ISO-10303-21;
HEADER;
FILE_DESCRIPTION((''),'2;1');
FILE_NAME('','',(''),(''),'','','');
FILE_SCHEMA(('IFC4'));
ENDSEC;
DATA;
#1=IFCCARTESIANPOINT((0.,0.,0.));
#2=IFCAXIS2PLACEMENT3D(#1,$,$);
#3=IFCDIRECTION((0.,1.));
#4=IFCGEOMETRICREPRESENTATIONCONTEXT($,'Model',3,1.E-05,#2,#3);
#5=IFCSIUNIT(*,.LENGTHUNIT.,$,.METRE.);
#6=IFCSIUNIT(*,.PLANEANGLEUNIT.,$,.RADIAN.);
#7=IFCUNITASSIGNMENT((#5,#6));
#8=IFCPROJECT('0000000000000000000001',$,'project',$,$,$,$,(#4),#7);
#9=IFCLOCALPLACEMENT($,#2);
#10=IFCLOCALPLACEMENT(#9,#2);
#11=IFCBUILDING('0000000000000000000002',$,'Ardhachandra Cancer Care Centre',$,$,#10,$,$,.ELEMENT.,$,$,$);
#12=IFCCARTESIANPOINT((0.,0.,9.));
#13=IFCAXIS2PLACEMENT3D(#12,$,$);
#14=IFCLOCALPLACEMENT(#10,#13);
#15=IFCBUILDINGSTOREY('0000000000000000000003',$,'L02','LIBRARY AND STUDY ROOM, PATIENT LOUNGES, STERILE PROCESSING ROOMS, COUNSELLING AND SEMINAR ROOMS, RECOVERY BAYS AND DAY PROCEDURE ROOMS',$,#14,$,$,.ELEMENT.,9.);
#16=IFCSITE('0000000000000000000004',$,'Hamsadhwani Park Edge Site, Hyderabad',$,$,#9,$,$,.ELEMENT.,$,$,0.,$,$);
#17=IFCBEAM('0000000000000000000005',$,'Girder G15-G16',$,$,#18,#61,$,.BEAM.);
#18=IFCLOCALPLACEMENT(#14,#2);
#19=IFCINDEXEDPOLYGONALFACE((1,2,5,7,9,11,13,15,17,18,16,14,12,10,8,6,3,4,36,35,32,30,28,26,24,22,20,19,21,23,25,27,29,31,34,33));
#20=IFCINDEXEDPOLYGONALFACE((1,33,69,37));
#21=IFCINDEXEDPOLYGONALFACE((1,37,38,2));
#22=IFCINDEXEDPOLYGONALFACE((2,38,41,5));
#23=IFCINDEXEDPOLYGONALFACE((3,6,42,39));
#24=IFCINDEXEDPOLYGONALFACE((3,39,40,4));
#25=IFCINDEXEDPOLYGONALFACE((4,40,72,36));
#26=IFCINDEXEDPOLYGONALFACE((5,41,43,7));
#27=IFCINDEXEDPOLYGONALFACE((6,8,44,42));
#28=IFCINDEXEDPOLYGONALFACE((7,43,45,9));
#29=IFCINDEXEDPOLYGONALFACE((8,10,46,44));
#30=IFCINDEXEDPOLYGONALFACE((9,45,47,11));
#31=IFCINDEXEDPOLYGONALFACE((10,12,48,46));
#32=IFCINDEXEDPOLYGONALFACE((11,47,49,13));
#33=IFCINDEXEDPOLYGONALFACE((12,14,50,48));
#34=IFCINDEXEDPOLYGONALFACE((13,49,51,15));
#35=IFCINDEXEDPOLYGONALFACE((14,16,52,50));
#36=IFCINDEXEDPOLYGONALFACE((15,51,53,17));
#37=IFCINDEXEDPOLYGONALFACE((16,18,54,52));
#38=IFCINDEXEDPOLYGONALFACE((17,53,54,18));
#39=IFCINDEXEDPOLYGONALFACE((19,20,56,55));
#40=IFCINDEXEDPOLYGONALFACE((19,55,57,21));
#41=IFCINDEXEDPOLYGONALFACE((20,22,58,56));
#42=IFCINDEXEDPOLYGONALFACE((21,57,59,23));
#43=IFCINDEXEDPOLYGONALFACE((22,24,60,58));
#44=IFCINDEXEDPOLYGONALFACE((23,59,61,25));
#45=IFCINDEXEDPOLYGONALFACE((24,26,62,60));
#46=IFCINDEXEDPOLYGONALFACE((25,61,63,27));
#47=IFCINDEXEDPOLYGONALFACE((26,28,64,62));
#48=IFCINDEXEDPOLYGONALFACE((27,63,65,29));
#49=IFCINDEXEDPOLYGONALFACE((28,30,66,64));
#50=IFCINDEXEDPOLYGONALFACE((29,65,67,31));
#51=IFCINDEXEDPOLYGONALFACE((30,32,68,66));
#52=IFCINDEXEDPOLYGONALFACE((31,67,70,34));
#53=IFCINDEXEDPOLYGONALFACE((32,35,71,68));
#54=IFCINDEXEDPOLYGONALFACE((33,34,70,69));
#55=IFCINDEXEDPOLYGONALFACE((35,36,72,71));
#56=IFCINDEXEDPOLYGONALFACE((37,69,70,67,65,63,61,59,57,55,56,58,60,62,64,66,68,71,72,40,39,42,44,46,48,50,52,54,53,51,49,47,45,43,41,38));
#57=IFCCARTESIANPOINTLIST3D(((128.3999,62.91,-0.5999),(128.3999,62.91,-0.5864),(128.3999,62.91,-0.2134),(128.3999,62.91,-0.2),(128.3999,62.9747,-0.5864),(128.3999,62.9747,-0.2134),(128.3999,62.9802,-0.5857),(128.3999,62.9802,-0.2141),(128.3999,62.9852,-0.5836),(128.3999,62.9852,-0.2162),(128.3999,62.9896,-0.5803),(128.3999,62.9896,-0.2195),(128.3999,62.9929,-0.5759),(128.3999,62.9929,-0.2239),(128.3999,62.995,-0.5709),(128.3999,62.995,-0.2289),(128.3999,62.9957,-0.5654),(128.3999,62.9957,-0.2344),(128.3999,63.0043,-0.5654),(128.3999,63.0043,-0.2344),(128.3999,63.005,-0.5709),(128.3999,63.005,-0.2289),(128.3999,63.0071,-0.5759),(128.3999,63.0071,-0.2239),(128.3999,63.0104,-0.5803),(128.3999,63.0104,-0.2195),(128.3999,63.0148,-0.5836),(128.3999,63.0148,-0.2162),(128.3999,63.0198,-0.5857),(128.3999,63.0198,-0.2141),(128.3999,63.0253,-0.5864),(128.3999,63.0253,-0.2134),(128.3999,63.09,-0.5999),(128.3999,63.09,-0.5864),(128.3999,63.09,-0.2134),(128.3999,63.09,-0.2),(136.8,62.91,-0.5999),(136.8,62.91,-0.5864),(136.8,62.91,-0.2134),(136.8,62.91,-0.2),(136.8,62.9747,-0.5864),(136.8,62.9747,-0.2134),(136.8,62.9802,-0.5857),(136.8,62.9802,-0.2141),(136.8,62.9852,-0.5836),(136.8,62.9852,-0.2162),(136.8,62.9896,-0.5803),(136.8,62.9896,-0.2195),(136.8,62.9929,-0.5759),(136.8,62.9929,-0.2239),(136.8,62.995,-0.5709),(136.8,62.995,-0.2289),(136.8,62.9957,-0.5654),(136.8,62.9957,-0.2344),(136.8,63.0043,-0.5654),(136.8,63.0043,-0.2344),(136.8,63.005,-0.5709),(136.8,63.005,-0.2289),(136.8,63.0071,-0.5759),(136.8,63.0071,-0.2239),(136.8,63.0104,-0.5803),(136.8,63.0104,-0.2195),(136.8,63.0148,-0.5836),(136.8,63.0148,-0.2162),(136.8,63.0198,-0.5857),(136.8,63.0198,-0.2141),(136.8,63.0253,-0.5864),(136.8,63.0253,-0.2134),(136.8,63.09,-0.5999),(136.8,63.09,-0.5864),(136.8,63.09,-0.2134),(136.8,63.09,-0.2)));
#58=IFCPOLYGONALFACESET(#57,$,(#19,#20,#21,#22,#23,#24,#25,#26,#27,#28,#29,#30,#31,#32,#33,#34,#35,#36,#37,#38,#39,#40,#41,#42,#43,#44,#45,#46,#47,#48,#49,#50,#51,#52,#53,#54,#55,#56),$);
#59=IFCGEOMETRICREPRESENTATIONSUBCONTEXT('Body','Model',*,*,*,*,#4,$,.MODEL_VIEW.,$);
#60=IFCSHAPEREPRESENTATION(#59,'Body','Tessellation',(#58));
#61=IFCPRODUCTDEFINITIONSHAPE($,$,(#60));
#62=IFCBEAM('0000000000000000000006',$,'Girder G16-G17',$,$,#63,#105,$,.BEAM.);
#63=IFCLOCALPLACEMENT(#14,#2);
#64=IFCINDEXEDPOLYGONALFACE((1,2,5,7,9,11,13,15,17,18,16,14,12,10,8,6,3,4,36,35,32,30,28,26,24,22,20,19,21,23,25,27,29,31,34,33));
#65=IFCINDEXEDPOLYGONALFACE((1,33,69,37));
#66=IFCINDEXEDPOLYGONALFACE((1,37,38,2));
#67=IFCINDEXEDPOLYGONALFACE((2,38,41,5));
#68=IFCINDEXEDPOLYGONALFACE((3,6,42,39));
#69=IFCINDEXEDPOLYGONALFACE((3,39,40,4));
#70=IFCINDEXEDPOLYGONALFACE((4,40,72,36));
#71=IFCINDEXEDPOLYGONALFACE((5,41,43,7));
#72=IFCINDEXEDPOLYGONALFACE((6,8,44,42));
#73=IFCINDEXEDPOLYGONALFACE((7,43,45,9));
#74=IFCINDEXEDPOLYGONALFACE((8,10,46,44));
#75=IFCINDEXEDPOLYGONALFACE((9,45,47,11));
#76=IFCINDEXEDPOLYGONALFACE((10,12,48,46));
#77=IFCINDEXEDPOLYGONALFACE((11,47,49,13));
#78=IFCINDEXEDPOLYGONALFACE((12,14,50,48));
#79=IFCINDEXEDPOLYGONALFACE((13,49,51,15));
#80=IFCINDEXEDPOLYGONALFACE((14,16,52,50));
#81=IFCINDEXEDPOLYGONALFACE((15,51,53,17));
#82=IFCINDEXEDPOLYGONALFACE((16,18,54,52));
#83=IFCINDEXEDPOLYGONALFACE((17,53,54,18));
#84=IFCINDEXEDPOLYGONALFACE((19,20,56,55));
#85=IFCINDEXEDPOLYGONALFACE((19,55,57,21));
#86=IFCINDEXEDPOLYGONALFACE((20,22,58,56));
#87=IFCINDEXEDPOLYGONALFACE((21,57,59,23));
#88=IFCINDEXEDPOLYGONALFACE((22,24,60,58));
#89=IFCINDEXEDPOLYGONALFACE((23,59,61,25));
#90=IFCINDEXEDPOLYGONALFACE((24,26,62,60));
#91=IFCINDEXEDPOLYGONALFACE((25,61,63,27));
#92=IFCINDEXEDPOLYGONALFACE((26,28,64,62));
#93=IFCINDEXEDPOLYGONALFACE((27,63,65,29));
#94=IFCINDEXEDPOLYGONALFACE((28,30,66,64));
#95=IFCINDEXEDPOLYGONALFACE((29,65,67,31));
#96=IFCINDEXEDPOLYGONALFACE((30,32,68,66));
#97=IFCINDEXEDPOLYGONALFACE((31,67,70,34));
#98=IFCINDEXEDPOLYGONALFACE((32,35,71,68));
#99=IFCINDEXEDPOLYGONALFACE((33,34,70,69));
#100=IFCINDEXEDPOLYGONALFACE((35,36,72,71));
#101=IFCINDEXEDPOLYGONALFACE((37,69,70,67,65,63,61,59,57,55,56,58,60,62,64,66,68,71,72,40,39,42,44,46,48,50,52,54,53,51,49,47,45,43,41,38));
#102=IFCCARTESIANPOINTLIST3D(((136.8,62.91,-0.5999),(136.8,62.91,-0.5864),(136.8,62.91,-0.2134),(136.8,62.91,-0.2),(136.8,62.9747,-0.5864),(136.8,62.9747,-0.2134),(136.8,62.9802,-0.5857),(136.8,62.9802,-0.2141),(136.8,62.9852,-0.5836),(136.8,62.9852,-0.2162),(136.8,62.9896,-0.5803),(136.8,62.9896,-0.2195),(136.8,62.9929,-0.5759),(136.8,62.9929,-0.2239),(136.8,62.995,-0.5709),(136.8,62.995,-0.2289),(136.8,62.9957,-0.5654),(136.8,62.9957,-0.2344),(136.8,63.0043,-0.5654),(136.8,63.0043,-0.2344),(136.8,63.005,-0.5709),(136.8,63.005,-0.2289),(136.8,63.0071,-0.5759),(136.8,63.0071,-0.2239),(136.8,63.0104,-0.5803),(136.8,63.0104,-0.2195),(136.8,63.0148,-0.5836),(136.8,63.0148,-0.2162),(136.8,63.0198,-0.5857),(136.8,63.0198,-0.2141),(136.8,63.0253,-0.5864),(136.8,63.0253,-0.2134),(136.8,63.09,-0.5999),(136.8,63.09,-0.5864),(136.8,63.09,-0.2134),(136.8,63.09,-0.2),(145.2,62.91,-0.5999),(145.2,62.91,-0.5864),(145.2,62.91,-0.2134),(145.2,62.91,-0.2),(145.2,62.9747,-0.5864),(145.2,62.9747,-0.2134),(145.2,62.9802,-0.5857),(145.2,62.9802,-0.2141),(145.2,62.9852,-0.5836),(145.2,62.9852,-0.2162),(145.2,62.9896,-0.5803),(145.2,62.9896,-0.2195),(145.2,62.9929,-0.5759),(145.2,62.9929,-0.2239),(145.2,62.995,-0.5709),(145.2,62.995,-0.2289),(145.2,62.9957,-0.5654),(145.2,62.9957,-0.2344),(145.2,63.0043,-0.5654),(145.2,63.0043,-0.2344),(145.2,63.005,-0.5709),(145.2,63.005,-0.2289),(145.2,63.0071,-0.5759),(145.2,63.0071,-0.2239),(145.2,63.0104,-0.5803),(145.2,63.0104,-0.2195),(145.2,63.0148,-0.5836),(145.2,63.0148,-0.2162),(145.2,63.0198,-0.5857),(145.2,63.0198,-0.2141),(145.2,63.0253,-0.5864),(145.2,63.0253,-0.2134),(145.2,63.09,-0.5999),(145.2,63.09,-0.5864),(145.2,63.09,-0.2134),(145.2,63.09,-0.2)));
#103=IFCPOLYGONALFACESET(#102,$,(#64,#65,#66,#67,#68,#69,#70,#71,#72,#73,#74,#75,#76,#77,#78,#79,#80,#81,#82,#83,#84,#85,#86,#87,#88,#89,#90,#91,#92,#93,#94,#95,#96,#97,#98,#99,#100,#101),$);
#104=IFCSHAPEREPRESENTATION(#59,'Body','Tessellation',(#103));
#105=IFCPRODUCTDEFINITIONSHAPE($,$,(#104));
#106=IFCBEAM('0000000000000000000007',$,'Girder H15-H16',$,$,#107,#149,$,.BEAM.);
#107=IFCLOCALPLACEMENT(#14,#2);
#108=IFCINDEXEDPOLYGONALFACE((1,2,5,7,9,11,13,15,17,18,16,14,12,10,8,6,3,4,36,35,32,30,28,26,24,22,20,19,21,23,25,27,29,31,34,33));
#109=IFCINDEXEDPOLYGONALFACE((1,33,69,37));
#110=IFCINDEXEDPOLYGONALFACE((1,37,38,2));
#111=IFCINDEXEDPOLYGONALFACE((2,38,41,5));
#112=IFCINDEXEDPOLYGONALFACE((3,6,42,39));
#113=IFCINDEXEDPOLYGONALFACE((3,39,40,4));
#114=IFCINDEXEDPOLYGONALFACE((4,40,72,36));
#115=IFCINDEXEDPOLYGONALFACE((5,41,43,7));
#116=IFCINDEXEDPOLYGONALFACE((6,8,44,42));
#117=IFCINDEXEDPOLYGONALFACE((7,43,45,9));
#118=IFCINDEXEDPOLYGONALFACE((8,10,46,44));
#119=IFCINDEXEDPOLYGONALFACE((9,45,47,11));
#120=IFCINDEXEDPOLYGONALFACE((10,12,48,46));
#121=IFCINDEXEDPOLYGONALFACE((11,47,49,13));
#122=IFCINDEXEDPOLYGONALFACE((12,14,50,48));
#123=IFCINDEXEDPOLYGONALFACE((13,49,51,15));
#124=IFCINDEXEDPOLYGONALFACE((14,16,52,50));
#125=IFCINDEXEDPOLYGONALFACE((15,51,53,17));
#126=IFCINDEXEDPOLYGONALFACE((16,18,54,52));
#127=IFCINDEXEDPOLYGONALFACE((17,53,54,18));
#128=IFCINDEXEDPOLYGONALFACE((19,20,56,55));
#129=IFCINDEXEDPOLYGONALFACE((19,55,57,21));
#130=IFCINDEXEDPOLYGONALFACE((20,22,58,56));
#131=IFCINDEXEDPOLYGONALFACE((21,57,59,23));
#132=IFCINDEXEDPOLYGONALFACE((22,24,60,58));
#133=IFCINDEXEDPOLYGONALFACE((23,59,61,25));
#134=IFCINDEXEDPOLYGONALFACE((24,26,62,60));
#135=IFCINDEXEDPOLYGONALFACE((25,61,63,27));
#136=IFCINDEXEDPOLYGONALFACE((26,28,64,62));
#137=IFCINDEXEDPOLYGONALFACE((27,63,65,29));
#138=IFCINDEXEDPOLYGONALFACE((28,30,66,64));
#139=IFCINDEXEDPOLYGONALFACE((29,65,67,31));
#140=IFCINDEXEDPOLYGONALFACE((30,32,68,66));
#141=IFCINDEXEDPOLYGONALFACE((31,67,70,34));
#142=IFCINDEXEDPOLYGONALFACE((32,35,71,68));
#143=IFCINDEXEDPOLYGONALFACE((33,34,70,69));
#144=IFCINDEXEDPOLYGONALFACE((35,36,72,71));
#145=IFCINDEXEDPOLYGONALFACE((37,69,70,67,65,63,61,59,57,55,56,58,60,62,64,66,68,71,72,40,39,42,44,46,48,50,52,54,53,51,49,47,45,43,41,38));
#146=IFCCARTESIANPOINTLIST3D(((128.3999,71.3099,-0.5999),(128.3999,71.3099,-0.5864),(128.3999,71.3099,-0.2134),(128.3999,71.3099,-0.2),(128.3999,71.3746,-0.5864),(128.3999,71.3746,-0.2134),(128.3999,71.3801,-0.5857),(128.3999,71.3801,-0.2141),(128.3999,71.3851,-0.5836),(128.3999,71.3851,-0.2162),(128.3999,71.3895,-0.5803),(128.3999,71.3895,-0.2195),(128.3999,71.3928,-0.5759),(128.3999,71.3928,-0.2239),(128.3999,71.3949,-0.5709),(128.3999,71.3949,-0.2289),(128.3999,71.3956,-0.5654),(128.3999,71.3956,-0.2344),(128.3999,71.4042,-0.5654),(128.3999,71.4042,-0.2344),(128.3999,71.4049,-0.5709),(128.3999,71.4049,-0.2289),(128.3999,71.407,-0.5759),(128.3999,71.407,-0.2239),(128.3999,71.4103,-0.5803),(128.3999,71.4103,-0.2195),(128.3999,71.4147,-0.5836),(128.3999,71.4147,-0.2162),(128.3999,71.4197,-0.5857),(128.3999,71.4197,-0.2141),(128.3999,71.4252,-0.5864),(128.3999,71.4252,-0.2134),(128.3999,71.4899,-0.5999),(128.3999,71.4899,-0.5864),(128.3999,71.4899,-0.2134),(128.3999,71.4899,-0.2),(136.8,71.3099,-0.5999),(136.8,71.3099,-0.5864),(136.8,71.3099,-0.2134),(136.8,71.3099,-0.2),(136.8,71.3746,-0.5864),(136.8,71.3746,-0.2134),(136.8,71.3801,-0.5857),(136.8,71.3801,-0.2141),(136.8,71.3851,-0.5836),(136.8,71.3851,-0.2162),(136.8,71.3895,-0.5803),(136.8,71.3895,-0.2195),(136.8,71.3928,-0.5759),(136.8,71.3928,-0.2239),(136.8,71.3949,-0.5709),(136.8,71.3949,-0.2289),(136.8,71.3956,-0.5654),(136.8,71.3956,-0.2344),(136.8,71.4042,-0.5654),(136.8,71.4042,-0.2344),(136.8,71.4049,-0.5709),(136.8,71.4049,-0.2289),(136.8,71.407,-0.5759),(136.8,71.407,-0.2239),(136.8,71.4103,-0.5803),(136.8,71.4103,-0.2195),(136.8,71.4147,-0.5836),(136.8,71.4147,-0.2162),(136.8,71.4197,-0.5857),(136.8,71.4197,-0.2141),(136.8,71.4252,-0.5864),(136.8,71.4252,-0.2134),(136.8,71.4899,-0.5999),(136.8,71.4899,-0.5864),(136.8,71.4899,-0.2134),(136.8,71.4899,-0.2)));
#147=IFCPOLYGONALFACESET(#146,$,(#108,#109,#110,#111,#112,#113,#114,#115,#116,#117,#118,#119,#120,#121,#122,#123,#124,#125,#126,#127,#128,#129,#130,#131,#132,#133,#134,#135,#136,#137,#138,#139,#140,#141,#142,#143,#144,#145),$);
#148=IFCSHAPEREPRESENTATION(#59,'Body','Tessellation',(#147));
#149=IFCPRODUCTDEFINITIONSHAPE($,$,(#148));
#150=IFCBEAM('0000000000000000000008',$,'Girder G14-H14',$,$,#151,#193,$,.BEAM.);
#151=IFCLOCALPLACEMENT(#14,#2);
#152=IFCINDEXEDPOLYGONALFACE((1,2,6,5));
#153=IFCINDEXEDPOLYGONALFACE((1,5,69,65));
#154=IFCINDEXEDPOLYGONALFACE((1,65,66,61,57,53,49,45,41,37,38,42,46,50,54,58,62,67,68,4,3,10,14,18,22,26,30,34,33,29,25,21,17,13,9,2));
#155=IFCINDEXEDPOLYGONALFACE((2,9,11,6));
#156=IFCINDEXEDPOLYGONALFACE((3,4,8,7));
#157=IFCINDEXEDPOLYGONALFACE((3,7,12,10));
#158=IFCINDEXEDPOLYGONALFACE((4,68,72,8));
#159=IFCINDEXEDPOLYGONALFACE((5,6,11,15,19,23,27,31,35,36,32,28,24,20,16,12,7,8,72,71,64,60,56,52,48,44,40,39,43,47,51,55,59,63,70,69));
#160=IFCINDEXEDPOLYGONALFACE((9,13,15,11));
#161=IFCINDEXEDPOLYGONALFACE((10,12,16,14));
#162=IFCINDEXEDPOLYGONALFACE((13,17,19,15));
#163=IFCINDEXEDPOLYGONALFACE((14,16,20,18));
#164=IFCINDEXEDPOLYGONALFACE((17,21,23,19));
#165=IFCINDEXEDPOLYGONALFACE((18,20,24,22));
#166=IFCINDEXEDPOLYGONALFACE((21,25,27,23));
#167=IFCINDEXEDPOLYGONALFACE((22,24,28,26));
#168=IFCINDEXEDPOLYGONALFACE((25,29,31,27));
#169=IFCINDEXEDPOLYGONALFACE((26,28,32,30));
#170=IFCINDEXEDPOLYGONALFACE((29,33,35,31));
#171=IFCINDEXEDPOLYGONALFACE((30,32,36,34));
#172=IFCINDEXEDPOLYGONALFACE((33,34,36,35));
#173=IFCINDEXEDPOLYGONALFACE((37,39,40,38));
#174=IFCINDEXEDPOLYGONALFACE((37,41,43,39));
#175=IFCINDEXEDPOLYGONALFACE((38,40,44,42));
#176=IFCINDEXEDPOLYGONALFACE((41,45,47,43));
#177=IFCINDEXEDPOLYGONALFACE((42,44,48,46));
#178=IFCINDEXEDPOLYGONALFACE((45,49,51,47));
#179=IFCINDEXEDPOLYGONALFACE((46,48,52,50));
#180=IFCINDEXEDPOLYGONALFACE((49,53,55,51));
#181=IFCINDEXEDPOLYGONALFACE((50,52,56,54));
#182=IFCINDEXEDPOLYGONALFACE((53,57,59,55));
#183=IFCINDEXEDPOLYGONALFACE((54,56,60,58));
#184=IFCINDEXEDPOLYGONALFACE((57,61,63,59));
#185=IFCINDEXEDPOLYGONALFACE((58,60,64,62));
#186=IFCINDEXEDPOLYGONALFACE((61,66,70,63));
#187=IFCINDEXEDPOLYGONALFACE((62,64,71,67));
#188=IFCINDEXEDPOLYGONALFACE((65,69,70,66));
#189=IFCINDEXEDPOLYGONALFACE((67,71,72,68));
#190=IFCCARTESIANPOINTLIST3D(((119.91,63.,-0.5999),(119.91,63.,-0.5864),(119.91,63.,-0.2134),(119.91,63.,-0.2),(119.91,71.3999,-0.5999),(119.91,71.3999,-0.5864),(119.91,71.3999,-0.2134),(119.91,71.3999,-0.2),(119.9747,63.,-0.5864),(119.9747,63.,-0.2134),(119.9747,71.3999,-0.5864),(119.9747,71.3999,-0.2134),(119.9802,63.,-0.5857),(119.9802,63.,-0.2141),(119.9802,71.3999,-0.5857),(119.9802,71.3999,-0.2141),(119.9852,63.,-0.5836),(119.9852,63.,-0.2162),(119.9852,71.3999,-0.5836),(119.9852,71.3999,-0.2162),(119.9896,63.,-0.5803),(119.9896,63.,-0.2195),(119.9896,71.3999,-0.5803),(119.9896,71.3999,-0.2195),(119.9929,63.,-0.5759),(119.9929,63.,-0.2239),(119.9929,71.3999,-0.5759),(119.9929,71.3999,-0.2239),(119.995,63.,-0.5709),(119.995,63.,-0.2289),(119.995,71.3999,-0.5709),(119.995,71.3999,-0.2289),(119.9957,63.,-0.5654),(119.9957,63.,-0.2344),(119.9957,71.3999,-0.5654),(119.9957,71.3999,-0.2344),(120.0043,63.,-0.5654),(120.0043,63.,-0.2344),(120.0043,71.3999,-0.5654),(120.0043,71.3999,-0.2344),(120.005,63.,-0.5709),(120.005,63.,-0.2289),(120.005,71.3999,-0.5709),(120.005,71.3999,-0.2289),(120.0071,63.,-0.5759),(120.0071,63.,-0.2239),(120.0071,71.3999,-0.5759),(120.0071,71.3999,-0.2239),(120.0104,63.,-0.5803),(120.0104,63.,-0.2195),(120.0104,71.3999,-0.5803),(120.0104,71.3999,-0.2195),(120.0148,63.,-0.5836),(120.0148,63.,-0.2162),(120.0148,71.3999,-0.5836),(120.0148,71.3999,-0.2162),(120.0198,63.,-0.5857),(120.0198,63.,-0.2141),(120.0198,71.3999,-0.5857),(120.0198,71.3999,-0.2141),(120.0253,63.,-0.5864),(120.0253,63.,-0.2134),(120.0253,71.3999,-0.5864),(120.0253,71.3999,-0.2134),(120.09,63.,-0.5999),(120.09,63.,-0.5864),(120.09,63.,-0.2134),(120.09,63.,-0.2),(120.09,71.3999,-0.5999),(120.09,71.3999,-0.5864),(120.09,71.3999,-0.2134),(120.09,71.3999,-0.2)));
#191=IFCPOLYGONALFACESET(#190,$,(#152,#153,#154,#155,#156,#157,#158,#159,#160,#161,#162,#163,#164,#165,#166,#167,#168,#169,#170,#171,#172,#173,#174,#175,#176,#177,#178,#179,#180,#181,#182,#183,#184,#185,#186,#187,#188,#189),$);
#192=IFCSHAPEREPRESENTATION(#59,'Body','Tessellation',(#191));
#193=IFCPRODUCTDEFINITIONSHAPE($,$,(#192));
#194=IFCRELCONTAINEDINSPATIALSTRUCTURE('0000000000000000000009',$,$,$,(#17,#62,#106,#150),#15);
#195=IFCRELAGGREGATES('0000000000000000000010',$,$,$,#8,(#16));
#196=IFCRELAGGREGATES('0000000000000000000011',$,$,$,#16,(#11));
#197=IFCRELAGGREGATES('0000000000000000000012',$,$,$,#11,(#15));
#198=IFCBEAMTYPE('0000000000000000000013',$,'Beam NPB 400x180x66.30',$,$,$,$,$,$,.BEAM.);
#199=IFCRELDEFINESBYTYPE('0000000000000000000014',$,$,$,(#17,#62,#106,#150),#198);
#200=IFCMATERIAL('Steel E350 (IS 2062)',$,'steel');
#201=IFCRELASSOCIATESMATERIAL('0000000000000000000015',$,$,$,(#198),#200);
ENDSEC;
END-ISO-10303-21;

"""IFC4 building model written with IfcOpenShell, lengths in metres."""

from ifc_helpers import new_model, si_unit, direction, frame, origin, origin_2d, place, context, subcontext, project, spatial, i_section, extrude, material, material_profile, profile_set, type_object, element, save


model = new_model("IFC4")

# Units and contexts
model_context = context("Model", 3, precision=1e-05, world=origin(), true_north=direction((0.0, 1.0)))
body_context = subcontext(model_context, "Body", "Model", "MODEL_VIEW")
ifc_project = project(units=[si_unit("LENGTHUNIT", "METRE"), si_unit("PLANEANGLEUNIT", "RADIAN")], contexts=[model_context])

# Site, building, storey
site_placement = place(None, origin())
site = spatial("IfcSite", under=ifc_project, at=site_placement, Name="Hamsadhwani Park Edge Site, Hyderabad", CompositionType="ELEMENT", RefElevation=0.0)
building_placement = place(site_placement, origin())
building = spatial("IfcBuilding", under=site, at=building_placement, Name="Ardhachandra Cancer Care Centre", CompositionType="ELEMENT")
storey_placement = place(building_placement, frame((0.0, 0.0, 9.0)))
storey = spatial("IfcBuildingStorey", under=building, at=storey_placement, Name="L02", Description="LIBRARY AND STUDY ROOM, PATIENT LOUNGES, STERILE PROCESSING ROOMS, COUNSELLING AND SEMINAR ROOMS, RECOVERY BAYS AND DAY PROCEDURE ROOMS", CompositionType="ELEMENT", Elevation=9.0)

# Beams
ifc_material_1 = material(Name="Steel E350 (IS 2062)", Category="steel")
ifc_material_profile_1 = material_profile(ifc_material_1, i_section(OverallWidth=0.1799, OverallDepth=0.3999, WebThickness=0.0085, FlangeThickness=0.0134, FilletRadius=0.021, at=origin_2d()), Name="NPB 400x180x66.30")
ifc_profile_set_1 = profile_set([ifc_material_profile_1], Name="Steel E350 (IS 2062)")
beam_type_1 = type_object("IfcBeamType", Name="Beam NPB 400x180x66.30", PredefinedType="BEAM", material=ifc_profile_set_1)
beam_1_placement = place(storey_placement, frame((128.3999, 63.0, -0.3999), z_axis=(1.0, 0.0, 0.0), x_axis=(0.0, 1.0, 0.0)))
element("IfcBeam", 1, at=beam_1_placement, inside=storey, type_object=beam_type_1, Name="Girder G15-G16", PredefinedType="BEAM", context=body_context, shape_type="SweptSolid", body=[
    extrude(i_section(OverallWidth=0.1799, OverallDepth=0.3999, WebThickness=0.0085, FlangeThickness=0.0134, FilletRadius=0.021, at=origin_2d()), origin(), (0.0, 0.0, 1.0), 8.4001),
])
beam_2_placement = place(storey_placement, frame((136.8, 63.0, -0.3999), z_axis=(1.0, 0.0, 0.0), x_axis=(0.0, 1.0, 0.0)))
element("IfcBeam", 2, at=beam_2_placement, inside=storey, type_object=beam_type_1, Name="Girder G16-G17", PredefinedType="BEAM", context=body_context, shape_type="SweptSolid", body=[
    extrude(i_section(OverallWidth=0.1799, OverallDepth=0.3999, WebThickness=0.0085, FlangeThickness=0.0134, FilletRadius=0.021, at=origin_2d()), origin(), (0.0, 0.0, 1.0), 8.3999),
])
beam_3_placement = place(storey_placement, frame((128.3999, 71.3999, -0.3999), z_axis=(1.0, 0.0, 0.0), x_axis=(0.0, 1.0, 0.0)))
element("IfcBeam", 3, at=beam_3_placement, inside=storey, type_object=beam_type_1, Name="Girder H15-H16", PredefinedType="BEAM", context=body_context, shape_type="SweptSolid", body=[
    extrude(i_section(OverallWidth=0.1799, OverallDepth=0.3999, WebThickness=0.0085, FlangeThickness=0.0134, FilletRadius=0.021, at=origin_2d()), origin(), (0.0, 0.0, 1.0), 8.4001),
])
beam_4_placement = place(storey_placement, frame((120.0, 63.0, -0.3999), z_axis=(0.0, 1.0, 0.0), x_axis=(-1.0, 0.0, 0.0)))
element("IfcBeam", 4, at=beam_4_placement, inside=storey, type_object=beam_type_1, Name="Girder G14-H14", PredefinedType="BEAM", context=body_context, shape_type="SweptSolid", body=[
    extrude(i_section(OverallWidth=0.1799, OverallDepth=0.3999, WebThickness=0.0085, FlangeThickness=0.0134, FilletRadius=0.021, at=origin_2d()), origin(), (0.0, 0.0, 1.0), 8.3999),
])

save(model, "model.ifc")
